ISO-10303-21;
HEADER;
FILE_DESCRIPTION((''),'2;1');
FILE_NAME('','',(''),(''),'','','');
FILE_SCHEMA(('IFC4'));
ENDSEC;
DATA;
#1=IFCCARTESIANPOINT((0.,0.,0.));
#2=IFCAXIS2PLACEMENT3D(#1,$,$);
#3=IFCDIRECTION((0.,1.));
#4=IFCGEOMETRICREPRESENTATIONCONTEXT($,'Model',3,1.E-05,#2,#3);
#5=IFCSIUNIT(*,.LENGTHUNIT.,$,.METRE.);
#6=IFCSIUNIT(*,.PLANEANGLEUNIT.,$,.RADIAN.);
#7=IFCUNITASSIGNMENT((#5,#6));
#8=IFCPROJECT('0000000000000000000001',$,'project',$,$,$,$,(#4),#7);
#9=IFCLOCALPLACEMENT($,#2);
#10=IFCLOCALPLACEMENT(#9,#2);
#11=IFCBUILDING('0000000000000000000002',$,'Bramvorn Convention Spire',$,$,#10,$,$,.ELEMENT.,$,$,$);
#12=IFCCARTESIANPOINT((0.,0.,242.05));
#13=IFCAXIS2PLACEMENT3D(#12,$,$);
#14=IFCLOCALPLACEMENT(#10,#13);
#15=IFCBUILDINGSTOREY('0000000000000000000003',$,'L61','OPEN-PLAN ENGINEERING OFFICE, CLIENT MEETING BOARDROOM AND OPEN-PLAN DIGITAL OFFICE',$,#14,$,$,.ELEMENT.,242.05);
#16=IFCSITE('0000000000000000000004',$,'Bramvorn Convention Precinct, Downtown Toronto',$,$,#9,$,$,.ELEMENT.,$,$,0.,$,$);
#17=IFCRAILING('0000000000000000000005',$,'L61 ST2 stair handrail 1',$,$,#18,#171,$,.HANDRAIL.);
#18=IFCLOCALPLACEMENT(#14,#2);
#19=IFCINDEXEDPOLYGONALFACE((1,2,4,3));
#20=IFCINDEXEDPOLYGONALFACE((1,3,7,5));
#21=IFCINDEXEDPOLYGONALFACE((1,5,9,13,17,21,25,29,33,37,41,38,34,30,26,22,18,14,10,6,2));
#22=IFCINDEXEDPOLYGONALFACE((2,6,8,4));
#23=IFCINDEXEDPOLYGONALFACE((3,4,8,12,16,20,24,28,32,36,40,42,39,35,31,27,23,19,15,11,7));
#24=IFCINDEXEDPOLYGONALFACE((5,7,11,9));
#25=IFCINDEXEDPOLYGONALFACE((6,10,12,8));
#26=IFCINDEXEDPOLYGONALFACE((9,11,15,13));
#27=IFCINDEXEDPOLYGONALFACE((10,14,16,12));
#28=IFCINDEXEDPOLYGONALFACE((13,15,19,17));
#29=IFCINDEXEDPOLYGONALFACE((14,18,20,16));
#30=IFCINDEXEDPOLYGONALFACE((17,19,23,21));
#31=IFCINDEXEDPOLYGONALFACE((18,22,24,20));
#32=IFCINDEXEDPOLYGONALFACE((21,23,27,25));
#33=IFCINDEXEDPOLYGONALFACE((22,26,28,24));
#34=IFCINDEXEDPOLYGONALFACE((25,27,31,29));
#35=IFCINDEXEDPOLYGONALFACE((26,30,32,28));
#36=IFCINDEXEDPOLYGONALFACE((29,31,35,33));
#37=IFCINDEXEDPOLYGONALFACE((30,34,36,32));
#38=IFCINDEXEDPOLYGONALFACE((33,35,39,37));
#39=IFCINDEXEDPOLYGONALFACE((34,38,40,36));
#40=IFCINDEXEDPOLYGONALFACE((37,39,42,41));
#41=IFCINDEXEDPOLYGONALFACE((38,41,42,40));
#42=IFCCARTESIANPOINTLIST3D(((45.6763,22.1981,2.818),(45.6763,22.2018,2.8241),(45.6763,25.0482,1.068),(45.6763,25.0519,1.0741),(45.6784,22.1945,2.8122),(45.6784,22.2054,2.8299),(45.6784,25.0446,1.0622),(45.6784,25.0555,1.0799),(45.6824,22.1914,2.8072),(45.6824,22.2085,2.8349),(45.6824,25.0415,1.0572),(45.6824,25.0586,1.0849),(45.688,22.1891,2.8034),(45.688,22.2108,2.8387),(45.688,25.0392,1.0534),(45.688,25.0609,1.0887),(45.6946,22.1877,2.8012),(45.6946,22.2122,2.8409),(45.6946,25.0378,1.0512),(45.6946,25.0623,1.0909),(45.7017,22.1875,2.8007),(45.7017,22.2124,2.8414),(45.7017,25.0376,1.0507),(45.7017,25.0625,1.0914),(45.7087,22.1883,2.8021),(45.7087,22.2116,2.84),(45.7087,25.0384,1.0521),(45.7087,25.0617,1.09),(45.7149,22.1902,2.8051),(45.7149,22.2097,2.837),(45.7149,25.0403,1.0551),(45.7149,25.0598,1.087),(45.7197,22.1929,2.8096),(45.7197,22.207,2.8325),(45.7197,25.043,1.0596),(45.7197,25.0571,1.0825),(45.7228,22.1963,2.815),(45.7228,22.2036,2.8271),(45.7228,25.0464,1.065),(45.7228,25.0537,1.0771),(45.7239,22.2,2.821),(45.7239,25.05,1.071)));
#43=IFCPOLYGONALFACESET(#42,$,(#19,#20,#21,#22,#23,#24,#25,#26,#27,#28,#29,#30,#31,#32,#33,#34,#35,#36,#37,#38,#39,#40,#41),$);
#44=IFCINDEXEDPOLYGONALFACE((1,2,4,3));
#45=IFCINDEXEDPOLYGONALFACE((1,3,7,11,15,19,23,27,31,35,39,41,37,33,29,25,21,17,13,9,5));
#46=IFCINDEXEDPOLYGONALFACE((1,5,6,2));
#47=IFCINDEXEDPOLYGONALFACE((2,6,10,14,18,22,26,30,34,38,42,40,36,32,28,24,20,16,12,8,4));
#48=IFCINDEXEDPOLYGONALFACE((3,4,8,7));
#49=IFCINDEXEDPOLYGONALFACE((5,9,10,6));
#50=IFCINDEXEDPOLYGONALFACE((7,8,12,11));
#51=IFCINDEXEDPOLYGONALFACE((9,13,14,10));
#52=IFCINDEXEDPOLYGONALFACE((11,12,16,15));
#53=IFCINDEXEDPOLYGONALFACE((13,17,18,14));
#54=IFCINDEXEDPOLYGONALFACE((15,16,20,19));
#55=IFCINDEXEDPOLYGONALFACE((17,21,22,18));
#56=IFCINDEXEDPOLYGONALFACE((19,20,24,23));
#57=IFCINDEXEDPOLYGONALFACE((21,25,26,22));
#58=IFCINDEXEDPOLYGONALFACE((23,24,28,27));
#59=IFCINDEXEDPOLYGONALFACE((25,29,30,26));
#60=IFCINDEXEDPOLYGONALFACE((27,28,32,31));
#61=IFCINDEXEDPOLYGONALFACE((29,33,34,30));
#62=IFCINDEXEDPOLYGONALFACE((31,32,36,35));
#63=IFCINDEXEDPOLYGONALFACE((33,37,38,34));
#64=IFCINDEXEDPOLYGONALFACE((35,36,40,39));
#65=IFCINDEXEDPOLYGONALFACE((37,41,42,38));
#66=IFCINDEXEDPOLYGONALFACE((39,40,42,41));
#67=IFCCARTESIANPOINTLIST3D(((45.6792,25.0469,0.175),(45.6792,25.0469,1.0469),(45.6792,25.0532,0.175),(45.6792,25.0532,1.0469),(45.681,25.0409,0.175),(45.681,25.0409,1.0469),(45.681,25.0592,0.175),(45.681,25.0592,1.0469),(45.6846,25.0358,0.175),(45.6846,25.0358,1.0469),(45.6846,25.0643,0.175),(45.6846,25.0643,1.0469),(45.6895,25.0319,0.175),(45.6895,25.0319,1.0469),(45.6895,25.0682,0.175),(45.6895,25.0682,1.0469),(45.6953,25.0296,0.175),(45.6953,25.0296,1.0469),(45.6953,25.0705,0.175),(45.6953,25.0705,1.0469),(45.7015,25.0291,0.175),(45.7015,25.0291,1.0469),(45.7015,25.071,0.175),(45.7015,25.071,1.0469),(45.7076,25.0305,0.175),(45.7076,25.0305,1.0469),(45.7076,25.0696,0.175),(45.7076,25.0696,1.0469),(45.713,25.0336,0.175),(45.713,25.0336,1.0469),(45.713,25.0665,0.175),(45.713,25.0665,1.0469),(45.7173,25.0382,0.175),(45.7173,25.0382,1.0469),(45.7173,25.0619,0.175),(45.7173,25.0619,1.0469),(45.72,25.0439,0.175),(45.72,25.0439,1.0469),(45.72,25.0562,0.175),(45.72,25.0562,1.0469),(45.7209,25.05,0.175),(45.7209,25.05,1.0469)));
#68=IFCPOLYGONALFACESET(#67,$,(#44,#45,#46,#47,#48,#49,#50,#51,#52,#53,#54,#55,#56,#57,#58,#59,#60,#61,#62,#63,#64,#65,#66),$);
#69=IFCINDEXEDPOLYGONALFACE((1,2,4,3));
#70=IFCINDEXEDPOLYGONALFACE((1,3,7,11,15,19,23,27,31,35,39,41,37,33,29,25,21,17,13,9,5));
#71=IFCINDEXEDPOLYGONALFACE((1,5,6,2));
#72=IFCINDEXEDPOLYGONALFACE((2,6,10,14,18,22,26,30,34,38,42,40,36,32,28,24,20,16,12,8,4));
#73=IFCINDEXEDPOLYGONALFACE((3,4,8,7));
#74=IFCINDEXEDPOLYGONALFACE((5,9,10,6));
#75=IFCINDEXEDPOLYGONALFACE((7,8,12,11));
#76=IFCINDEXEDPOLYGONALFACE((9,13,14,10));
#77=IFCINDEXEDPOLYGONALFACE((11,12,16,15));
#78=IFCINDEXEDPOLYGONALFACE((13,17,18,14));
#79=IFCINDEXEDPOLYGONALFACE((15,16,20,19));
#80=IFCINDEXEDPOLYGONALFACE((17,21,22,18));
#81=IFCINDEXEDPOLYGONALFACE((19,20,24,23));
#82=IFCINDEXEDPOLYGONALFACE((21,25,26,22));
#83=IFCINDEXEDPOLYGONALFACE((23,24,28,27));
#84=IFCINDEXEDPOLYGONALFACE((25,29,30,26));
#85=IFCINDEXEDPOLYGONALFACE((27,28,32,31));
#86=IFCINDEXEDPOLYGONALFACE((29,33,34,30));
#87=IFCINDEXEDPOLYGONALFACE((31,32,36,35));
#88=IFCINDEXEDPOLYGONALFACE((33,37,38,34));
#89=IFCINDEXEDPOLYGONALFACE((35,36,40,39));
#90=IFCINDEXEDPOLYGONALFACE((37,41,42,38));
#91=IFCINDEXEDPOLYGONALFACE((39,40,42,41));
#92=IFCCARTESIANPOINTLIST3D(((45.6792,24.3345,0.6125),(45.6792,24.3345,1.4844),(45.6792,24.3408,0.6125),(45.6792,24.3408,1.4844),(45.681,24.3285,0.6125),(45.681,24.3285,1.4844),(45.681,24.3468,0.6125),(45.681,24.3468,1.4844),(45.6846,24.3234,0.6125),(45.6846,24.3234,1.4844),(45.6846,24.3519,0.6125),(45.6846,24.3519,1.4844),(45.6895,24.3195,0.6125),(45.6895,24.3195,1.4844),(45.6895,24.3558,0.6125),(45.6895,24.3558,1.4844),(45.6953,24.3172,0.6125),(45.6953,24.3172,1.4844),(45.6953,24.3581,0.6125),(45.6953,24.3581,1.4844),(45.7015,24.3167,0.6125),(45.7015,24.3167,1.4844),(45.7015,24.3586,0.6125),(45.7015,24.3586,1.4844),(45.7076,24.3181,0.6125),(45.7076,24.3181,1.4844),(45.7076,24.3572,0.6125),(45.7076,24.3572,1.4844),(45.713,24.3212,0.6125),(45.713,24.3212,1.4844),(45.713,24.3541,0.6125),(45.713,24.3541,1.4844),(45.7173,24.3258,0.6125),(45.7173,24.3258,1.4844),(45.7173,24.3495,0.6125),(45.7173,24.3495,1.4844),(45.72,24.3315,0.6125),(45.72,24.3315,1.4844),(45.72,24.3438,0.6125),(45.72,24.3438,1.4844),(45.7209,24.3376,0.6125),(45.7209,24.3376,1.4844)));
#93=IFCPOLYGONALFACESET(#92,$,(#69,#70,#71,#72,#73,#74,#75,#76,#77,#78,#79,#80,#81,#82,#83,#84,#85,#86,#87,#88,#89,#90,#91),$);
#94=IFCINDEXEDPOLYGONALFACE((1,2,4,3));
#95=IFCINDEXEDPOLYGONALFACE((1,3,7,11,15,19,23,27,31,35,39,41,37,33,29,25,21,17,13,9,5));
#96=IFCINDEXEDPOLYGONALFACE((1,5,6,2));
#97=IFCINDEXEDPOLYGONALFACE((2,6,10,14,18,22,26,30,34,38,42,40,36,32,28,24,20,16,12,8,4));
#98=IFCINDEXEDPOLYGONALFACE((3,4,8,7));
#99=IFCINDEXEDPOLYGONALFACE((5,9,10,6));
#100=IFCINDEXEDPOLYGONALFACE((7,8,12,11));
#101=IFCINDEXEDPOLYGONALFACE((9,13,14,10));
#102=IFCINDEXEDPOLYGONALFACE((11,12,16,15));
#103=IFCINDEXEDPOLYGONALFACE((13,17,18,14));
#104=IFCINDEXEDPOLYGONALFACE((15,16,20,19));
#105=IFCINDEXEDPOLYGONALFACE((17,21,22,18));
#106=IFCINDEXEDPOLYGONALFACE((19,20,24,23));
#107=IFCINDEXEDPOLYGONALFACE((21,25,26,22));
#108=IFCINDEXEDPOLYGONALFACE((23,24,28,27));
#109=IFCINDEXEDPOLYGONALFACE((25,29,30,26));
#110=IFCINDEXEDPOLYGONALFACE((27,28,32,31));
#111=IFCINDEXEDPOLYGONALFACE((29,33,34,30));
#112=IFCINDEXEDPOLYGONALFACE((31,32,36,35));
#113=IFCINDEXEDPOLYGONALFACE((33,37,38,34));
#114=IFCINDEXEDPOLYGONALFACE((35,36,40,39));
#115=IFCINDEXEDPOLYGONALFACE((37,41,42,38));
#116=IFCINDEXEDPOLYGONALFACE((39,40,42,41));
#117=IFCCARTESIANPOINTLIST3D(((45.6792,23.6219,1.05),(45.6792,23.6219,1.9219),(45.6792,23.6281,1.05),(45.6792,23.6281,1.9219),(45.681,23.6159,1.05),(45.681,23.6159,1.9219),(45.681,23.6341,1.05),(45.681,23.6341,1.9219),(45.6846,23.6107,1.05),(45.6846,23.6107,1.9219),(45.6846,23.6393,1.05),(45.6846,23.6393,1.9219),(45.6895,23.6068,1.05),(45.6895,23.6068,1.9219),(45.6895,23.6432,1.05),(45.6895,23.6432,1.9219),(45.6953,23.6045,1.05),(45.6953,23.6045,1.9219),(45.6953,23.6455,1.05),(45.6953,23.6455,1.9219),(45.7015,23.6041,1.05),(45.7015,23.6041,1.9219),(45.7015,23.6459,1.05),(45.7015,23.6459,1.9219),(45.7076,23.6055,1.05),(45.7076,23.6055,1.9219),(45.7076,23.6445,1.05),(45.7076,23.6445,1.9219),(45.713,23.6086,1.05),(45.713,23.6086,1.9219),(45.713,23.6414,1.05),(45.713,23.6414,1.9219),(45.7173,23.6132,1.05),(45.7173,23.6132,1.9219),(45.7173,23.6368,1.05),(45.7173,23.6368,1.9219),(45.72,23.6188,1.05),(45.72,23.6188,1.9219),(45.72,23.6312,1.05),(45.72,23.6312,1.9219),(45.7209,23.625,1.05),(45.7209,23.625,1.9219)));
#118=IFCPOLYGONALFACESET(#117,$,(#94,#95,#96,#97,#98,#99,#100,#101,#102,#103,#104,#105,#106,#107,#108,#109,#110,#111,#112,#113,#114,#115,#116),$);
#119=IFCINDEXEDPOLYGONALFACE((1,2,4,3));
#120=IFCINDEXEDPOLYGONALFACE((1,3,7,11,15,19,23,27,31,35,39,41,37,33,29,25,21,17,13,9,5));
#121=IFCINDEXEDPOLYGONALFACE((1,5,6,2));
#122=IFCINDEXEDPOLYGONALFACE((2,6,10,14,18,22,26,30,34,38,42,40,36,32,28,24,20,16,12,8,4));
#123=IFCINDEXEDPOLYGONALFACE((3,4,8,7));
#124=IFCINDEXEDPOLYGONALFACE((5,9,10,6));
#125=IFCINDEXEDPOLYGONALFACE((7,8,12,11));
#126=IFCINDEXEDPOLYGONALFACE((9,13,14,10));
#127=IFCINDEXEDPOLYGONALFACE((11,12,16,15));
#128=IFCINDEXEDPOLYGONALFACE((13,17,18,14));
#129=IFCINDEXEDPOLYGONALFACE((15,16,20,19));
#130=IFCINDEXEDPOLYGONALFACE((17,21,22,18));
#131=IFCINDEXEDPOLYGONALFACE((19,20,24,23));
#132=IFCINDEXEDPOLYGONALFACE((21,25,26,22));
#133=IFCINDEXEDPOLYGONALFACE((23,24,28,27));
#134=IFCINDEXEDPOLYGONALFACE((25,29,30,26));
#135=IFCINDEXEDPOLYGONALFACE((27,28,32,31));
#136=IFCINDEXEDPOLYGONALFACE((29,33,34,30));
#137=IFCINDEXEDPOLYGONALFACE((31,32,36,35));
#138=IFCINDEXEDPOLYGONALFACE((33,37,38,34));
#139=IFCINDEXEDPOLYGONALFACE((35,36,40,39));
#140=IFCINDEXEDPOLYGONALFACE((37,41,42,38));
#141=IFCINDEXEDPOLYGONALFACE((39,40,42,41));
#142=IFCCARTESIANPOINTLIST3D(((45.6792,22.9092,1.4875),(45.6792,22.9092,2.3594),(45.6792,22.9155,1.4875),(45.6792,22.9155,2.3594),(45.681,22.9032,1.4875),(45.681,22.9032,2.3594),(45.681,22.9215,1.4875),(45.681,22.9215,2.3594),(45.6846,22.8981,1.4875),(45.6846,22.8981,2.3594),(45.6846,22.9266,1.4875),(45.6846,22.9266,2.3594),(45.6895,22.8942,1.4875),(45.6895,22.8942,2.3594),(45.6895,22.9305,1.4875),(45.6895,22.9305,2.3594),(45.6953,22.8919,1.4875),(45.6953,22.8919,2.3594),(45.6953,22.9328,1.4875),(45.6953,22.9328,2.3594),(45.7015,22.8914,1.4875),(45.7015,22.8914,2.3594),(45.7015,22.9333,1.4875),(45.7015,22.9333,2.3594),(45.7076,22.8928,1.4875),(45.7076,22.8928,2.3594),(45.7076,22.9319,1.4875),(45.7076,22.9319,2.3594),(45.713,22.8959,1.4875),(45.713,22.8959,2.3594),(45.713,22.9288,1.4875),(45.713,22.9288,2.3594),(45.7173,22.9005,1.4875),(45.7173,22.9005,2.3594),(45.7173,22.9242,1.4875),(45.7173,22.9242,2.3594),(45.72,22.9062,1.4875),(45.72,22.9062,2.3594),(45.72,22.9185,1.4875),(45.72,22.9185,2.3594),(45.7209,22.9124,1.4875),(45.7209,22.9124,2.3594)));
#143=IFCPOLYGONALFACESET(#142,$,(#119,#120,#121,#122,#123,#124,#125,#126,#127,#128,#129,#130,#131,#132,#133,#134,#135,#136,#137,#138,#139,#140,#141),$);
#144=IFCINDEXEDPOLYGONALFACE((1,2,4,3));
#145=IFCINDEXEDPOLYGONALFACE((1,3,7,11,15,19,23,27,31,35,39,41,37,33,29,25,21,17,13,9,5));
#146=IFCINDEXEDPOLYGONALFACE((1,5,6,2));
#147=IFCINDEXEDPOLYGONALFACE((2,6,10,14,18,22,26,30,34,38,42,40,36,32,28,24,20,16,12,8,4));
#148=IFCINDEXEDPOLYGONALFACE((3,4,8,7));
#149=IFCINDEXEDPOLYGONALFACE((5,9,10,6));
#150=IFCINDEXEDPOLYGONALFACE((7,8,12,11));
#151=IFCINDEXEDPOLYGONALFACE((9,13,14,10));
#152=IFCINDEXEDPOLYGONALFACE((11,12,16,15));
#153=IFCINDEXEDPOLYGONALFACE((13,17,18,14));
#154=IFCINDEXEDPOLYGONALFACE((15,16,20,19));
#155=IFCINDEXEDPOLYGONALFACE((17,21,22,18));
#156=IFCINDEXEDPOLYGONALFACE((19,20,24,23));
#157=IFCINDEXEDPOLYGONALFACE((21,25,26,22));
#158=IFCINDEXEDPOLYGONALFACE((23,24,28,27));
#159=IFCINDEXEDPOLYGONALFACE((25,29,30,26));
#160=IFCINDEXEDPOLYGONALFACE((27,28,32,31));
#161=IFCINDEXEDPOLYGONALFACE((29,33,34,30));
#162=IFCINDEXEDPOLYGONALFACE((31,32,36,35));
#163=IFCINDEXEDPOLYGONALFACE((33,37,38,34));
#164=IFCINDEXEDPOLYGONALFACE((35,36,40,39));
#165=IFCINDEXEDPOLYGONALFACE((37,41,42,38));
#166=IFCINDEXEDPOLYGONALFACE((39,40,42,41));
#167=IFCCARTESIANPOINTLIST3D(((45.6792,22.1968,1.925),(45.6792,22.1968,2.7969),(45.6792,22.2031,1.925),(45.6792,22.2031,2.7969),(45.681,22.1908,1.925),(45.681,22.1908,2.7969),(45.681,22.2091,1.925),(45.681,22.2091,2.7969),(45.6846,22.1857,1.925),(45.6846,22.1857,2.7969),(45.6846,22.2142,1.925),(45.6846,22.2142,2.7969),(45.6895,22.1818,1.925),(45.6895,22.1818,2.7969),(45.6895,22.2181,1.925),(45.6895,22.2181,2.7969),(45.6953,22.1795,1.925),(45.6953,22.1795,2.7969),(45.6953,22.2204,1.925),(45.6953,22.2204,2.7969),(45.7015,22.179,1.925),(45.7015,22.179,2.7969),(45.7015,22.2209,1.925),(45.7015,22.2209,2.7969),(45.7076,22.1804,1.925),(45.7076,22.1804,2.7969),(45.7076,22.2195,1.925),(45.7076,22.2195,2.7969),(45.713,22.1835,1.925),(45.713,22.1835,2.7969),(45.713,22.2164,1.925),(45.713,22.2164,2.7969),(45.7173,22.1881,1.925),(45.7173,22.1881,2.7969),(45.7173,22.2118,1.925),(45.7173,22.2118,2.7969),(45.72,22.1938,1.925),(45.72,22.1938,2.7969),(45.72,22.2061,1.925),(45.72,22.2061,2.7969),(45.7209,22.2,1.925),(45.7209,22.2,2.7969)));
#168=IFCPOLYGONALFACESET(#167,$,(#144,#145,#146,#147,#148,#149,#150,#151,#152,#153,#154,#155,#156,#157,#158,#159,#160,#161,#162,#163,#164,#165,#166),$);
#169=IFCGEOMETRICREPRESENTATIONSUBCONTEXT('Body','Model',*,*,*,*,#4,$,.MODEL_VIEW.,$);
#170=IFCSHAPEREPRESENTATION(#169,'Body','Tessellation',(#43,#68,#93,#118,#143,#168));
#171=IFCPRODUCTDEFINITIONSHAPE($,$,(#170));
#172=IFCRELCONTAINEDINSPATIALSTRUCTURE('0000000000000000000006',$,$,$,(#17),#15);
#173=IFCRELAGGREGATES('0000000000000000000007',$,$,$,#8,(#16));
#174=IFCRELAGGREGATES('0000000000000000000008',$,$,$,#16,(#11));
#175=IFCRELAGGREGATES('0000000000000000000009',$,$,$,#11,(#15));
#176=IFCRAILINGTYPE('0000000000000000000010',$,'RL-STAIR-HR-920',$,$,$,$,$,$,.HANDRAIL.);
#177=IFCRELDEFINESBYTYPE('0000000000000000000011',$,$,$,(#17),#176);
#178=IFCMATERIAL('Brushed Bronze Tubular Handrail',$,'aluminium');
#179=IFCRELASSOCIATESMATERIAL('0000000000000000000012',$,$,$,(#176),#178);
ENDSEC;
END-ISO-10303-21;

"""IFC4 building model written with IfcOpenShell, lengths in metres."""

from ifc_helpers import new_model, si_unit, direction, frame, origin, origin_2d, place, context, subcontext, project, spatial, circle, extrude, material, type_object, element, save


model = new_model("IFC4")

# Units and contexts
model_context = context("Model", 3, precision=1e-05, world=origin(), true_north=direction((0.0, 1.0)))
body_context = subcontext(model_context, "Body", "Model", "MODEL_VIEW")
ifc_project = project(units=[si_unit("LENGTHUNIT", "METRE"), si_unit("PLANEANGLEUNIT", "RADIAN")], contexts=[model_context])

# Site, building, storey
site_placement = place(None, origin())
site = spatial("IfcSite", under=ifc_project, at=site_placement, Name="Bramvorn Convention Precinct, Downtown Toronto", CompositionType="ELEMENT", RefElevation=0.0)
building_placement = place(site_placement, origin())
building = spatial("IfcBuilding", under=site, at=building_placement, Name="Bramvorn Convention Spire", CompositionType="ELEMENT")
storey_placement = place(building_placement, frame((0.0, 0.0, 242.05)))
storey = spatial("IfcBuildingStorey", under=building, at=storey_placement, Name="L61", Description="OPEN-PLAN ENGINEERING OFFICE, CLIENT MEETING BOARDROOM AND OPEN-PLAN DIGITAL OFFICE", CompositionType="ELEMENT", Elevation=242.05)

# Railing
ifc_material_1 = material(Name="Brushed Bronze Tubular Handrail", Category="aluminium")
railing_type_1 = type_object("IfcRailingType", Name="RL-STAIR-HR-920", PredefinedType="HANDRAIL", material=ifc_material_1)
railing_1_placement = place(storey_placement, frame((45.7, 25.05, 0.175)))
element("IfcRailing", 1, at=railing_1_placement, inside=storey, type_object=railing_type_1, Name="L61 ST2 stair handrail 1", PredefinedType="HANDRAIL", context=body_context, shape_type="SweptSolid", body=[
    extrude(circle(Radius=0.0239, at=origin_2d()), frame((0.0, 0.0, 0.896), z_axis=(0.0, -0.852179, 0.52325), x_axis=(1.0, 0.0, 0.0)), (0.0, 0.0, 1.0), 3.3445),
    extrude(circle(Radius=0.021, at=origin_2d()), origin(), (0.0, 0.0, 1.0), 0.8718),
    extrude(circle(Radius=0.021, at=origin_2d()), frame((0.0, -0.7124, 0.4375)), (0.0, 0.0, 1.0), 0.8718),
    extrude(circle(Radius=0.021, at=origin_2d()), frame((0.0, -1.425, 0.875)), (0.0, 0.0, 1.0), 0.8718),
    extrude(circle(Radius=0.021, at=origin_2d()), frame((0.0, -2.1377, 1.3125)), (0.0, 0.0, 1.0), 0.8718),
    extrude(circle(Radius=0.021, at=origin_2d()), frame((0.0, -2.8501, 1.75)), (0.0, 0.0, 1.0), 0.8718),
])

save(model, "model.ifc")
